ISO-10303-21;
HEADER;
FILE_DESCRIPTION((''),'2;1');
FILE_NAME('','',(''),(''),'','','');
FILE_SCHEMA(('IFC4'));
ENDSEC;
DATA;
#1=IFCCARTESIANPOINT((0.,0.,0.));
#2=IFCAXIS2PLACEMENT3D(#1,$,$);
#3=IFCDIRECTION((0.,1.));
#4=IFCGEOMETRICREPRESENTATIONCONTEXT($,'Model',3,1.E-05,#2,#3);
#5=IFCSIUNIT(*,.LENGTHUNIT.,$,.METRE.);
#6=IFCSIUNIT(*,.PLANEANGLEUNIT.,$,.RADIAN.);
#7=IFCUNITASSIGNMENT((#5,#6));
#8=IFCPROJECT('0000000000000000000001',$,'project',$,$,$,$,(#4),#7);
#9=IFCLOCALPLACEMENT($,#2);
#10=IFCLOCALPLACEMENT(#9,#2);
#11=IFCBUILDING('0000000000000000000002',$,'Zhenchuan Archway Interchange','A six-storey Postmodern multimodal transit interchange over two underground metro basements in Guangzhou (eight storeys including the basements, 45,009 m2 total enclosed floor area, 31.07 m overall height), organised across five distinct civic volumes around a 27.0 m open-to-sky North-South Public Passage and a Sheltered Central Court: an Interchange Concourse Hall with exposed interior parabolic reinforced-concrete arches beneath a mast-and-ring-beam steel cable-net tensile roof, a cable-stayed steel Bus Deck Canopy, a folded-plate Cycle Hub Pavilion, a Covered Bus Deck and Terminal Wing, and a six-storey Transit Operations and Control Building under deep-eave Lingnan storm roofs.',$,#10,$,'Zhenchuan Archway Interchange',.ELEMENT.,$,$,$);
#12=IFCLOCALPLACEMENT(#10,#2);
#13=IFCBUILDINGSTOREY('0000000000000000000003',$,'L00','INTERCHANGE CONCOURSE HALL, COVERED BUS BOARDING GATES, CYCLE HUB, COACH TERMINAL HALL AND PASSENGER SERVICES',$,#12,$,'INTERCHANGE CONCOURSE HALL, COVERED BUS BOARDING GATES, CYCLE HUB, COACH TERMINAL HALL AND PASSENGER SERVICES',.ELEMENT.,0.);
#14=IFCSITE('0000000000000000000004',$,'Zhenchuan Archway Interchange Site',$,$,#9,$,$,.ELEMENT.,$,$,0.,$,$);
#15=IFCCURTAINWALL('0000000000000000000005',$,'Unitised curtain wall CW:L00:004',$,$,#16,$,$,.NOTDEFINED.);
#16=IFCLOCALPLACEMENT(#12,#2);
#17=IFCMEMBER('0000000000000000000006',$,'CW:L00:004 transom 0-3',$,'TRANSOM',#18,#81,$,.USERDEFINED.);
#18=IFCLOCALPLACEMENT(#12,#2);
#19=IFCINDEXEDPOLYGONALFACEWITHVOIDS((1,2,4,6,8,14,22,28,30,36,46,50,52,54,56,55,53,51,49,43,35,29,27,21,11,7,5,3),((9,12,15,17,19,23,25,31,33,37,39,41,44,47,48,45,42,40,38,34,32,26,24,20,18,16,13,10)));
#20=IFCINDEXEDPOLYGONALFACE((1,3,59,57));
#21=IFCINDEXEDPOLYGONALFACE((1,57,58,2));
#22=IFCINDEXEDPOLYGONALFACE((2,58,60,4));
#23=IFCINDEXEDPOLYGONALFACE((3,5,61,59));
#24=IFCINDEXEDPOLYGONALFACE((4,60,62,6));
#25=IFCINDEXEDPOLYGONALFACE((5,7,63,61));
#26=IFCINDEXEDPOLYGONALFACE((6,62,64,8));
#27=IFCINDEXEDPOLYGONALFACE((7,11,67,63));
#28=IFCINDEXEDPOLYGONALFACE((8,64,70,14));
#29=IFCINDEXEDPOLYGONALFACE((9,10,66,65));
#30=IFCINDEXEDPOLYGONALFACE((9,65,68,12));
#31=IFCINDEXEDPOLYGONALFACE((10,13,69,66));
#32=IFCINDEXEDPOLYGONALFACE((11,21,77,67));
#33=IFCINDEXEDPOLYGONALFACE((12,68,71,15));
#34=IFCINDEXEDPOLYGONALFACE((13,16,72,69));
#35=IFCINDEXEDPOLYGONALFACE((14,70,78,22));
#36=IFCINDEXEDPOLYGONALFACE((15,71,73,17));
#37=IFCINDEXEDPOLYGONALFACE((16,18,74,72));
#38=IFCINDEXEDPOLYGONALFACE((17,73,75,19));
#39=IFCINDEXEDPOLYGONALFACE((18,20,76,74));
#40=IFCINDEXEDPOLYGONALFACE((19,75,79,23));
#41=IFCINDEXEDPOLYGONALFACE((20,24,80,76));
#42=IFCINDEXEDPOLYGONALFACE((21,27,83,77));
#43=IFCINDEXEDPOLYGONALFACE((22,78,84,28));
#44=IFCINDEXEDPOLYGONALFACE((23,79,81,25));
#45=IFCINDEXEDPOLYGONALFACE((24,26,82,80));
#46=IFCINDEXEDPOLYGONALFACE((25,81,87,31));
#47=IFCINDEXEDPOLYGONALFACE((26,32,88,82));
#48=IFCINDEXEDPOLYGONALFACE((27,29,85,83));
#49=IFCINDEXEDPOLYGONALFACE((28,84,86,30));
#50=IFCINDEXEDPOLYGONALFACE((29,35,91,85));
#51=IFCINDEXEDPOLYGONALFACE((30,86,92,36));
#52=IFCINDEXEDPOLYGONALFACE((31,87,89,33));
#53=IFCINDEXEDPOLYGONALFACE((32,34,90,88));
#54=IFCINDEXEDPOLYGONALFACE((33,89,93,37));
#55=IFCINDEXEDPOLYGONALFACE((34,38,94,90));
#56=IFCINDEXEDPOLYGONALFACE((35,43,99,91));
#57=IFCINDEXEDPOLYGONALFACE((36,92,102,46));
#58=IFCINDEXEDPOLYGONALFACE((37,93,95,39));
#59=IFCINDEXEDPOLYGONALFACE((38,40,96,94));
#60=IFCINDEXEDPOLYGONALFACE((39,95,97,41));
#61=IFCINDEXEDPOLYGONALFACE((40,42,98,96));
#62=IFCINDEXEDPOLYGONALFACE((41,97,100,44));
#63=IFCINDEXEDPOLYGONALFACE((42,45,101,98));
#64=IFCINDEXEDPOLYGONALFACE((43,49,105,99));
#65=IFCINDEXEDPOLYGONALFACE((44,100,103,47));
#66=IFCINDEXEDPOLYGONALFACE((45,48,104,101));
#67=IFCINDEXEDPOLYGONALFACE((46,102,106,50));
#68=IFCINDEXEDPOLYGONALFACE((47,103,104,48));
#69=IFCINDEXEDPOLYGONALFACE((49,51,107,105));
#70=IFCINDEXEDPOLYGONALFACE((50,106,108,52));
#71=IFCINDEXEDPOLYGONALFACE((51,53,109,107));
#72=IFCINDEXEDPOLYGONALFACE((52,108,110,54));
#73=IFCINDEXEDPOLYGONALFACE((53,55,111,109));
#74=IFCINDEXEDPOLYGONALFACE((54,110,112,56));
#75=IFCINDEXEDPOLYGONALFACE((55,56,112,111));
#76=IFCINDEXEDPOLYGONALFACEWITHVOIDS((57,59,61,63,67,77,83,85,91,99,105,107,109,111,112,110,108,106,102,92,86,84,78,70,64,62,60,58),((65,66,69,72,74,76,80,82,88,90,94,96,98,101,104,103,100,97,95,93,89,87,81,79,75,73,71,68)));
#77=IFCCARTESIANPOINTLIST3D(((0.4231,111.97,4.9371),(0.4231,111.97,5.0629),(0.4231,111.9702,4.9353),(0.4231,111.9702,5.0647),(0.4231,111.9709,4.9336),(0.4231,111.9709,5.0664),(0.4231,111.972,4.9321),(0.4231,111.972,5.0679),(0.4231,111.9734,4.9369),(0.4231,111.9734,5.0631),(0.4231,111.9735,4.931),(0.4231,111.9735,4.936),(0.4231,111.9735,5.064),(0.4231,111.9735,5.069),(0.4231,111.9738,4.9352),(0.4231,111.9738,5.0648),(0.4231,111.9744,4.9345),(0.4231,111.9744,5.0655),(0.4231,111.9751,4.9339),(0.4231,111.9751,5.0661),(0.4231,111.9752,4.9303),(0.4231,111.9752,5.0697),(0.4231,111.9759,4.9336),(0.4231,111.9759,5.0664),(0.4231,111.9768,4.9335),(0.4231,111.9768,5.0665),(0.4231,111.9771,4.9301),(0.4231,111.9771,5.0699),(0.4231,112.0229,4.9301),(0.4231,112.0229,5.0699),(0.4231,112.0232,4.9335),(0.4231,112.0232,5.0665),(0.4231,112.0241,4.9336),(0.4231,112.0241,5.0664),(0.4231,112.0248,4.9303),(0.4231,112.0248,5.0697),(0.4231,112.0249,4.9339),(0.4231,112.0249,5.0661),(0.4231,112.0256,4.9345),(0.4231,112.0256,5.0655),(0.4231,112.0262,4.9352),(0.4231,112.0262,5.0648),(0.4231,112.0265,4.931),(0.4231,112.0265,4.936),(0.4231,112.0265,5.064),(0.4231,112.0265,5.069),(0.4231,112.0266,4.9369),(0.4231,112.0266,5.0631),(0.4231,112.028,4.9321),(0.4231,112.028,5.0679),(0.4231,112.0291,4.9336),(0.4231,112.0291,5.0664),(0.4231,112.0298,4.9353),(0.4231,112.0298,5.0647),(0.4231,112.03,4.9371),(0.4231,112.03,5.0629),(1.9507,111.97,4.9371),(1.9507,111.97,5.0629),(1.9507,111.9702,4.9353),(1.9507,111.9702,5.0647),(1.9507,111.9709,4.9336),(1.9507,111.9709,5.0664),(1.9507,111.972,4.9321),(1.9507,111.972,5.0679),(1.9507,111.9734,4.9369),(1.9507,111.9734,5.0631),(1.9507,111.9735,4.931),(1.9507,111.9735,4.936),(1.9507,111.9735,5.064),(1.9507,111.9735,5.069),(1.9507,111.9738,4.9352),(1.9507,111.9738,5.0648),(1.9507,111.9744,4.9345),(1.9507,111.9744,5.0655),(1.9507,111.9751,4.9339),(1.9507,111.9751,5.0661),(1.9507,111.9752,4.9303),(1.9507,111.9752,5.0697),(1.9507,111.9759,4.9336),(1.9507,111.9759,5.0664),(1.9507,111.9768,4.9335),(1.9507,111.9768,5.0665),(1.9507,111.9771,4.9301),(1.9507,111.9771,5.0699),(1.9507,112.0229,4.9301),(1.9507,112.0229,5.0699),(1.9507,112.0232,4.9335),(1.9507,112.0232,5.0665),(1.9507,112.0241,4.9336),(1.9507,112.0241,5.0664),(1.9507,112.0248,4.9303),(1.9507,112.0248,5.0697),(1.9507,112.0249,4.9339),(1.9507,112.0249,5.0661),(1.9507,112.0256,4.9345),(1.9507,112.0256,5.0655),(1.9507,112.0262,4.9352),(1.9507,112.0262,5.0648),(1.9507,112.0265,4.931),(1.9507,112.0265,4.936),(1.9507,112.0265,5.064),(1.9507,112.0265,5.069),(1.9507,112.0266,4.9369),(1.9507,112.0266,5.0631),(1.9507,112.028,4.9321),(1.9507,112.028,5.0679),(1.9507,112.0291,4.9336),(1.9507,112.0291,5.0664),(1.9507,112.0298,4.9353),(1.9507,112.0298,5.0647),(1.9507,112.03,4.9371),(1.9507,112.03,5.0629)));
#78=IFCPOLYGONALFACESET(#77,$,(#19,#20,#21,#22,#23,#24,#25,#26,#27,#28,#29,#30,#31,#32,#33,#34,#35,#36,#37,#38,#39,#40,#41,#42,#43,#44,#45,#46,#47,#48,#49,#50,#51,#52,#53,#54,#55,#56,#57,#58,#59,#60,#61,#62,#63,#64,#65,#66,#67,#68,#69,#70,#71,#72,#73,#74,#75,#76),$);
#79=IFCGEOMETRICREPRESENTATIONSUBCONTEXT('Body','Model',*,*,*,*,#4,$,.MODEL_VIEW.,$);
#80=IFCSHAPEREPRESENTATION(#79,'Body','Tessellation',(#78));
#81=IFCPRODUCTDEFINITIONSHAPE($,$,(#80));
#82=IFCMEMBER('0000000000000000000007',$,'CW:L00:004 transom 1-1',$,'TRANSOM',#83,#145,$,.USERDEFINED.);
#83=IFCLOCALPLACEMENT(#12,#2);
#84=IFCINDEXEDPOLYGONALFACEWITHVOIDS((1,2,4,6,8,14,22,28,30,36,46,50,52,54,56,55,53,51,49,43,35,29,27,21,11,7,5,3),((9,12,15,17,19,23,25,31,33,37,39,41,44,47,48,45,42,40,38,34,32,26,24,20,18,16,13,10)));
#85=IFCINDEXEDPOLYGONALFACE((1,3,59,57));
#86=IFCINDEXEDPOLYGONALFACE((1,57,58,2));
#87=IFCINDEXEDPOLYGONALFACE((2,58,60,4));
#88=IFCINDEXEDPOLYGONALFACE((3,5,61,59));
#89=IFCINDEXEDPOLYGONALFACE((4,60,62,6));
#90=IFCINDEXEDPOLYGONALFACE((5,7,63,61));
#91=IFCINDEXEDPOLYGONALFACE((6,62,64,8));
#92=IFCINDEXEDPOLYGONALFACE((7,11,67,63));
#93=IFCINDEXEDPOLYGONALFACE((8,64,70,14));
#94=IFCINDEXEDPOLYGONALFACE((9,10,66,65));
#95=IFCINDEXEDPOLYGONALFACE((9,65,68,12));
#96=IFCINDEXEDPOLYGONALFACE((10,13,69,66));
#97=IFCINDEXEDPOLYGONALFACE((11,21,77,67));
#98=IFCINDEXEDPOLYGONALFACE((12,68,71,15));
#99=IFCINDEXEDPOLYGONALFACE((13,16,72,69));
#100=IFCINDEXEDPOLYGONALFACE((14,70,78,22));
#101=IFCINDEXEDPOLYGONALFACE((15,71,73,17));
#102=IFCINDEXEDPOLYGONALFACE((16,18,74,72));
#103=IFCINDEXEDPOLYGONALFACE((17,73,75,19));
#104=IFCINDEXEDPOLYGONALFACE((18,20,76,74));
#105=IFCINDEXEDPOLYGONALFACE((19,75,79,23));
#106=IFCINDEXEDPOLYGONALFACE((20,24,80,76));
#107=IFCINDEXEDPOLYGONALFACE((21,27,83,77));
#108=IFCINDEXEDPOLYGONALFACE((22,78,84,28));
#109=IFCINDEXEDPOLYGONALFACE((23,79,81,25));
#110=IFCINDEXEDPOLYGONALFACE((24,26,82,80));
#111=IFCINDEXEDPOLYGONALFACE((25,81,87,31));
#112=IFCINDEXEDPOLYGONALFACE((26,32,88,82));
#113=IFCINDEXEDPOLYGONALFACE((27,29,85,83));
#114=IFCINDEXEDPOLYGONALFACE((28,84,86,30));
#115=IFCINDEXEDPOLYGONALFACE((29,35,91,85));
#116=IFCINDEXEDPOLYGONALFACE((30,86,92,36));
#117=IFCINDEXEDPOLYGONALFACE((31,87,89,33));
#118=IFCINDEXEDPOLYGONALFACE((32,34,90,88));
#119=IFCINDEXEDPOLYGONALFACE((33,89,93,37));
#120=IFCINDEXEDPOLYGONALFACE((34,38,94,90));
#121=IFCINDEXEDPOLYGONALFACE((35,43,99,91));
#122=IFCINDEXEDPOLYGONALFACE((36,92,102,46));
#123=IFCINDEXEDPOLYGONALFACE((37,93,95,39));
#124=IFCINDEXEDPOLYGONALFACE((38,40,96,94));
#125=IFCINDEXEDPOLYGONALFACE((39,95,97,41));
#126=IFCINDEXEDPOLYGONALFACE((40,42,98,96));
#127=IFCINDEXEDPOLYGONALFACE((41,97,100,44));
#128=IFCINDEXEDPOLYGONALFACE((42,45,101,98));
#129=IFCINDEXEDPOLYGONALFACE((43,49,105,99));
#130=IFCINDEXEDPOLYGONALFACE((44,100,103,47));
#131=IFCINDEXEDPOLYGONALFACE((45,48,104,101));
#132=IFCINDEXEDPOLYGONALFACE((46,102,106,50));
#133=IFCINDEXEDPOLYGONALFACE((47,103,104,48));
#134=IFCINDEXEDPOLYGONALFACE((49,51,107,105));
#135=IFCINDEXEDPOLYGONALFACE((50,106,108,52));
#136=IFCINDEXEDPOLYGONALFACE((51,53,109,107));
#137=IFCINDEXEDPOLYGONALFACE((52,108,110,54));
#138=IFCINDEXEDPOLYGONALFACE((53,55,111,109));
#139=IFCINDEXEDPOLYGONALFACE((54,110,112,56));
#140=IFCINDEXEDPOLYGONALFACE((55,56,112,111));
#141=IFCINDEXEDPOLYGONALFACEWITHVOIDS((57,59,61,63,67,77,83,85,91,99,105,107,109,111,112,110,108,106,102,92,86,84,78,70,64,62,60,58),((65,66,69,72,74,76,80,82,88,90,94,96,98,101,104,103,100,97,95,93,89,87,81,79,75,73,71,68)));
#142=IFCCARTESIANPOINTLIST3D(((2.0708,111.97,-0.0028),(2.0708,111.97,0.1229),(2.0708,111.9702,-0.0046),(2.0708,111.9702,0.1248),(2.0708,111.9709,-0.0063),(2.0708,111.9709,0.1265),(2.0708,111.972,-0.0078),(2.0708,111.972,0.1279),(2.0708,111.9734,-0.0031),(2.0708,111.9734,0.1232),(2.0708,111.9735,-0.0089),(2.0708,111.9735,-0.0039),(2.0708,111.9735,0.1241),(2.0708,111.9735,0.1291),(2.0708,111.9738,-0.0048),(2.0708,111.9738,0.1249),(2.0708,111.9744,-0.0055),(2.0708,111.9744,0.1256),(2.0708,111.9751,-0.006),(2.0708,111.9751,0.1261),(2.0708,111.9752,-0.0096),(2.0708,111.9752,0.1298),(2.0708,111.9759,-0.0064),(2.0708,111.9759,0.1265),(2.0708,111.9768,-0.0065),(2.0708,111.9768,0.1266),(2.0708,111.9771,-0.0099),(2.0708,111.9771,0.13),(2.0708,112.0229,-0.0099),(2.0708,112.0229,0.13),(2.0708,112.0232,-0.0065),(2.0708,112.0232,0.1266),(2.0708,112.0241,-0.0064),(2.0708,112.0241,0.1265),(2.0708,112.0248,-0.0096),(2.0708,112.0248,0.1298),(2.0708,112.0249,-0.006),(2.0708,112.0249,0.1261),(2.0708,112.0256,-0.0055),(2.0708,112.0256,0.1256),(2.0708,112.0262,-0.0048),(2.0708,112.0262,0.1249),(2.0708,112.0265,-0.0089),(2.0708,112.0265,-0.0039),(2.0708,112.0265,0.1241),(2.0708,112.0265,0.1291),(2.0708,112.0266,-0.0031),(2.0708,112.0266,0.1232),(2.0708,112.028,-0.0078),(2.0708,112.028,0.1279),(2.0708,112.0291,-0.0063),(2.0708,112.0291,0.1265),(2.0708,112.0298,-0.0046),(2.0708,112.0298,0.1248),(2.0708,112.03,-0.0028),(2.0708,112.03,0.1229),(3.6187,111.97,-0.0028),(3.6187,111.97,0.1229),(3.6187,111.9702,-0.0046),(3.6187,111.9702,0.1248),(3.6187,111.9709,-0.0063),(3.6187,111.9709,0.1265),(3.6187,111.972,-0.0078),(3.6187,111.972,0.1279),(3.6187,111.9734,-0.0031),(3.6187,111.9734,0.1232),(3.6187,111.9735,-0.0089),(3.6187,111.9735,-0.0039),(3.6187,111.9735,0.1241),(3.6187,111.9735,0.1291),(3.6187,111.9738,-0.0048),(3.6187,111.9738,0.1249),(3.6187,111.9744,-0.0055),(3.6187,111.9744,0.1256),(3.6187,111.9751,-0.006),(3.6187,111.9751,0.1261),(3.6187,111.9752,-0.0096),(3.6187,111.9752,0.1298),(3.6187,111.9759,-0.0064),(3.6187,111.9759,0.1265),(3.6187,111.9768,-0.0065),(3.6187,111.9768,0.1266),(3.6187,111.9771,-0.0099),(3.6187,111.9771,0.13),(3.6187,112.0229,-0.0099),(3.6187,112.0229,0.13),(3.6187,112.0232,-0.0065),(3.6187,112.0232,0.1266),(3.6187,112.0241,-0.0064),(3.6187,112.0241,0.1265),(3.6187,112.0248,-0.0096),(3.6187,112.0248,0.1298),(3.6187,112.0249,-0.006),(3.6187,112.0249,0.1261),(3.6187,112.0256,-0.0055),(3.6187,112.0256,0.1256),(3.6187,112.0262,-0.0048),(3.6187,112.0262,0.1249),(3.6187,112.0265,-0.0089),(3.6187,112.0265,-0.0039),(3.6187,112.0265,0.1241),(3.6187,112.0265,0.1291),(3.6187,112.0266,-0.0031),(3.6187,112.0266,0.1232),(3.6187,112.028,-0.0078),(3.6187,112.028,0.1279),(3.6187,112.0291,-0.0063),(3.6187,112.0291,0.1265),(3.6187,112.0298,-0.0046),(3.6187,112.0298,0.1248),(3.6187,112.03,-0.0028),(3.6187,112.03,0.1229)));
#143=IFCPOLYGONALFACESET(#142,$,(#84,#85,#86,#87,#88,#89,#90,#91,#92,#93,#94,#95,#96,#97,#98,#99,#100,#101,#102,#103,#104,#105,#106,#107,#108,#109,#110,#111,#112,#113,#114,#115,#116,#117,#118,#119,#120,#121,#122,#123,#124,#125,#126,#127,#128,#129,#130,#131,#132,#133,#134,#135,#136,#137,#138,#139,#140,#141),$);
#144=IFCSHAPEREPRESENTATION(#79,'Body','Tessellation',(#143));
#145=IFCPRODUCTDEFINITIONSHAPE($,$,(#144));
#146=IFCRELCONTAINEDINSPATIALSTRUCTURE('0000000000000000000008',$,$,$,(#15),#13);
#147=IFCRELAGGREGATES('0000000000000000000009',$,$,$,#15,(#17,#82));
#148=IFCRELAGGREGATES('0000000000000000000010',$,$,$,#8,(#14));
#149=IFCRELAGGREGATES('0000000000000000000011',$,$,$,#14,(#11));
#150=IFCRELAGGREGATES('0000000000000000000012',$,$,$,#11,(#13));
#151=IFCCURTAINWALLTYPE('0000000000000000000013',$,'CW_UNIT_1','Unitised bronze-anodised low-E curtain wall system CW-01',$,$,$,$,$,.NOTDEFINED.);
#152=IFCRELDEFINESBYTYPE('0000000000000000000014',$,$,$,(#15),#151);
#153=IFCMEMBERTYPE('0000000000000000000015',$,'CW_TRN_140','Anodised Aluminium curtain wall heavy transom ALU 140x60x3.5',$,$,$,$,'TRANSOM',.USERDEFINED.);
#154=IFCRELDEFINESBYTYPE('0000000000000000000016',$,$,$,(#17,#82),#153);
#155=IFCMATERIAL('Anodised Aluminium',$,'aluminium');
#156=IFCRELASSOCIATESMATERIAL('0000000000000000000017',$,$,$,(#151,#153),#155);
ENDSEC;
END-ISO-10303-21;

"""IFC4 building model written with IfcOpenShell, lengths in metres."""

from ifc_helpers import new_model, si_unit, direction, frame, origin, origin_2d, place, context, subcontext, project, spatial, hollow_rectangle, extrude, material, material_profile, profile_set, type_object, element, aggregate, save


model = new_model("IFC4")

# Units and contexts
model_context = context("Model", 3, precision=1e-05, world=origin(), true_north=direction((0.0, 1.0)))
body_context = subcontext(model_context, "Body", "Model", "MODEL_VIEW")
ifc_project = project(units=[si_unit("LENGTHUNIT", "METRE"), si_unit("PLANEANGLEUNIT", "RADIAN")], contexts=[model_context])

# Site, building, storey
site_placement = place(None, origin())
site = spatial("IfcSite", under=ifc_project, at=site_placement, Name="Zhenchuan Archway Interchange Site", CompositionType="ELEMENT", RefElevation=0.0)
building_placement = place(site_placement, origin())
building = spatial("IfcBuilding", under=site, at=building_placement, Name="Zhenchuan Archway Interchange", Description="A six-storey Postmodern multimodal transit interchange over two underground metro basements in Guangzhou (eight storeys including the basements, 45,009 m2 total enclosed floor area, 31.07 m overall height), organised across five distinct civic volumes around a 27.0 m open-to-sky North-South Public Passage and a Sheltered Central Court: an Interchange Concourse Hall with exposed interior parabolic reinforced-concrete arches beneath a mast-and-ring-beam steel cable-net tensile roof, a cable-stayed steel Bus Deck Canopy, a folded-plate Cycle Hub Pavilion, a Covered Bus Deck and Terminal Wing, and a six-storey Transit Operations and Control Building under deep-eave Lingnan storm roofs.", LongName="Zhenchuan Archway Interchange", CompositionType="ELEMENT")
storey_placement = place(building_placement, origin())
storey = spatial("IfcBuildingStorey", under=building, at=storey_placement, Name="L00", Description="INTERCHANGE CONCOURSE HALL, COVERED BUS BOARDING GATES, CYCLE HUB, COACH TERMINAL HALL AND PASSENGER SERVICES", LongName="INTERCHANGE CONCOURSE HALL, COVERED BUS BOARDING GATES, CYCLE HUB, COACH TERMINAL HALL AND PASSENGER SERVICES", CompositionType="ELEMENT", Elevation=0.0)

# Curtain wall, members
ifc_material_1 = material(Name="Anodised Aluminium", Category="aluminium")
curtain_wall_type = type_object("IfcCurtainWallType", Name="CW_UNIT_1", Description="Unitised bronze-anodised low-E curtain wall system CW-01", PredefinedType="NOTDEFINED", material=ifc_material_1)
curtain_wall_placement = place(storey_placement, origin())
curtain_wall = element("IfcCurtainWall", 1, at=curtain_wall_placement, inside=storey, type_object=curtain_wall_type, Name="Unitised curtain wall CW:L00:004", PredefinedType="NOTDEFINED")
ifc_material_profile_1 = material_profile(ifc_material_1, hollow_rectangle(XDim=0.0601, YDim=0.1399, WallThickness=0.0034, InnerFilletRadius=0.0034, OuterFilletRadius=0.0071, at=origin_2d()), Name="ALU 140x60x3.5")
ifc_profile_set_1 = profile_set([ifc_material_profile_1], Name="Anodised Aluminium")
member_type_1 = type_object("IfcMemberType", Name="CW_TRN_140", Description="Anodised Aluminium curtain wall heavy transom ALU 140x60x3.5", ElementType="TRANSOM", PredefinedType="USERDEFINED", material=ifc_profile_set_1)
member_1_placement = place(storey_placement, frame((0.4231, 112.0, 5.0), z_axis=(1.0, 0.0, 0.0), x_axis=(0.0, 1.0, 0.0)))
member_1 = element("IfcMember", 2, at=member_1_placement, type_object=member_type_1, Name="CW:L00:004 transom 0-3", ObjectType="TRANSOM", PredefinedType="USERDEFINED", context=body_context, shape_type="SweptSolid", body=[
    extrude(hollow_rectangle(XDim=0.0601, YDim=0.1399, WallThickness=0.0034, InnerFilletRadius=0.0034, OuterFilletRadius=0.0071, at=origin_2d()), origin(), (0.0, 0.0, 1.0), 1.5276),
])
member_2_placement = place(storey_placement, frame((2.0708, 112.0, 0.0601), z_axis=(1.0, 0.0, 0.0), x_axis=(0.0, 1.0, 0.0)))
member_2 = element("IfcMember", 3, at=member_2_placement, type_object=member_type_1, Name="CW:L00:004 transom 1-1", ObjectType="TRANSOM", PredefinedType="USERDEFINED", context=body_context, shape_type="SweptSolid", body=[
    extrude(hollow_rectangle(XDim=0.0601, YDim=0.1399, WallThickness=0.0034, InnerFilletRadius=0.0034, OuterFilletRadius=0.0071, at=origin_2d()), origin(), (0.0, 0.0, 1.0), 1.5479),
])

aggregate(curtain_wall, [member_1, member_2])

save(model, "model.ifc")
